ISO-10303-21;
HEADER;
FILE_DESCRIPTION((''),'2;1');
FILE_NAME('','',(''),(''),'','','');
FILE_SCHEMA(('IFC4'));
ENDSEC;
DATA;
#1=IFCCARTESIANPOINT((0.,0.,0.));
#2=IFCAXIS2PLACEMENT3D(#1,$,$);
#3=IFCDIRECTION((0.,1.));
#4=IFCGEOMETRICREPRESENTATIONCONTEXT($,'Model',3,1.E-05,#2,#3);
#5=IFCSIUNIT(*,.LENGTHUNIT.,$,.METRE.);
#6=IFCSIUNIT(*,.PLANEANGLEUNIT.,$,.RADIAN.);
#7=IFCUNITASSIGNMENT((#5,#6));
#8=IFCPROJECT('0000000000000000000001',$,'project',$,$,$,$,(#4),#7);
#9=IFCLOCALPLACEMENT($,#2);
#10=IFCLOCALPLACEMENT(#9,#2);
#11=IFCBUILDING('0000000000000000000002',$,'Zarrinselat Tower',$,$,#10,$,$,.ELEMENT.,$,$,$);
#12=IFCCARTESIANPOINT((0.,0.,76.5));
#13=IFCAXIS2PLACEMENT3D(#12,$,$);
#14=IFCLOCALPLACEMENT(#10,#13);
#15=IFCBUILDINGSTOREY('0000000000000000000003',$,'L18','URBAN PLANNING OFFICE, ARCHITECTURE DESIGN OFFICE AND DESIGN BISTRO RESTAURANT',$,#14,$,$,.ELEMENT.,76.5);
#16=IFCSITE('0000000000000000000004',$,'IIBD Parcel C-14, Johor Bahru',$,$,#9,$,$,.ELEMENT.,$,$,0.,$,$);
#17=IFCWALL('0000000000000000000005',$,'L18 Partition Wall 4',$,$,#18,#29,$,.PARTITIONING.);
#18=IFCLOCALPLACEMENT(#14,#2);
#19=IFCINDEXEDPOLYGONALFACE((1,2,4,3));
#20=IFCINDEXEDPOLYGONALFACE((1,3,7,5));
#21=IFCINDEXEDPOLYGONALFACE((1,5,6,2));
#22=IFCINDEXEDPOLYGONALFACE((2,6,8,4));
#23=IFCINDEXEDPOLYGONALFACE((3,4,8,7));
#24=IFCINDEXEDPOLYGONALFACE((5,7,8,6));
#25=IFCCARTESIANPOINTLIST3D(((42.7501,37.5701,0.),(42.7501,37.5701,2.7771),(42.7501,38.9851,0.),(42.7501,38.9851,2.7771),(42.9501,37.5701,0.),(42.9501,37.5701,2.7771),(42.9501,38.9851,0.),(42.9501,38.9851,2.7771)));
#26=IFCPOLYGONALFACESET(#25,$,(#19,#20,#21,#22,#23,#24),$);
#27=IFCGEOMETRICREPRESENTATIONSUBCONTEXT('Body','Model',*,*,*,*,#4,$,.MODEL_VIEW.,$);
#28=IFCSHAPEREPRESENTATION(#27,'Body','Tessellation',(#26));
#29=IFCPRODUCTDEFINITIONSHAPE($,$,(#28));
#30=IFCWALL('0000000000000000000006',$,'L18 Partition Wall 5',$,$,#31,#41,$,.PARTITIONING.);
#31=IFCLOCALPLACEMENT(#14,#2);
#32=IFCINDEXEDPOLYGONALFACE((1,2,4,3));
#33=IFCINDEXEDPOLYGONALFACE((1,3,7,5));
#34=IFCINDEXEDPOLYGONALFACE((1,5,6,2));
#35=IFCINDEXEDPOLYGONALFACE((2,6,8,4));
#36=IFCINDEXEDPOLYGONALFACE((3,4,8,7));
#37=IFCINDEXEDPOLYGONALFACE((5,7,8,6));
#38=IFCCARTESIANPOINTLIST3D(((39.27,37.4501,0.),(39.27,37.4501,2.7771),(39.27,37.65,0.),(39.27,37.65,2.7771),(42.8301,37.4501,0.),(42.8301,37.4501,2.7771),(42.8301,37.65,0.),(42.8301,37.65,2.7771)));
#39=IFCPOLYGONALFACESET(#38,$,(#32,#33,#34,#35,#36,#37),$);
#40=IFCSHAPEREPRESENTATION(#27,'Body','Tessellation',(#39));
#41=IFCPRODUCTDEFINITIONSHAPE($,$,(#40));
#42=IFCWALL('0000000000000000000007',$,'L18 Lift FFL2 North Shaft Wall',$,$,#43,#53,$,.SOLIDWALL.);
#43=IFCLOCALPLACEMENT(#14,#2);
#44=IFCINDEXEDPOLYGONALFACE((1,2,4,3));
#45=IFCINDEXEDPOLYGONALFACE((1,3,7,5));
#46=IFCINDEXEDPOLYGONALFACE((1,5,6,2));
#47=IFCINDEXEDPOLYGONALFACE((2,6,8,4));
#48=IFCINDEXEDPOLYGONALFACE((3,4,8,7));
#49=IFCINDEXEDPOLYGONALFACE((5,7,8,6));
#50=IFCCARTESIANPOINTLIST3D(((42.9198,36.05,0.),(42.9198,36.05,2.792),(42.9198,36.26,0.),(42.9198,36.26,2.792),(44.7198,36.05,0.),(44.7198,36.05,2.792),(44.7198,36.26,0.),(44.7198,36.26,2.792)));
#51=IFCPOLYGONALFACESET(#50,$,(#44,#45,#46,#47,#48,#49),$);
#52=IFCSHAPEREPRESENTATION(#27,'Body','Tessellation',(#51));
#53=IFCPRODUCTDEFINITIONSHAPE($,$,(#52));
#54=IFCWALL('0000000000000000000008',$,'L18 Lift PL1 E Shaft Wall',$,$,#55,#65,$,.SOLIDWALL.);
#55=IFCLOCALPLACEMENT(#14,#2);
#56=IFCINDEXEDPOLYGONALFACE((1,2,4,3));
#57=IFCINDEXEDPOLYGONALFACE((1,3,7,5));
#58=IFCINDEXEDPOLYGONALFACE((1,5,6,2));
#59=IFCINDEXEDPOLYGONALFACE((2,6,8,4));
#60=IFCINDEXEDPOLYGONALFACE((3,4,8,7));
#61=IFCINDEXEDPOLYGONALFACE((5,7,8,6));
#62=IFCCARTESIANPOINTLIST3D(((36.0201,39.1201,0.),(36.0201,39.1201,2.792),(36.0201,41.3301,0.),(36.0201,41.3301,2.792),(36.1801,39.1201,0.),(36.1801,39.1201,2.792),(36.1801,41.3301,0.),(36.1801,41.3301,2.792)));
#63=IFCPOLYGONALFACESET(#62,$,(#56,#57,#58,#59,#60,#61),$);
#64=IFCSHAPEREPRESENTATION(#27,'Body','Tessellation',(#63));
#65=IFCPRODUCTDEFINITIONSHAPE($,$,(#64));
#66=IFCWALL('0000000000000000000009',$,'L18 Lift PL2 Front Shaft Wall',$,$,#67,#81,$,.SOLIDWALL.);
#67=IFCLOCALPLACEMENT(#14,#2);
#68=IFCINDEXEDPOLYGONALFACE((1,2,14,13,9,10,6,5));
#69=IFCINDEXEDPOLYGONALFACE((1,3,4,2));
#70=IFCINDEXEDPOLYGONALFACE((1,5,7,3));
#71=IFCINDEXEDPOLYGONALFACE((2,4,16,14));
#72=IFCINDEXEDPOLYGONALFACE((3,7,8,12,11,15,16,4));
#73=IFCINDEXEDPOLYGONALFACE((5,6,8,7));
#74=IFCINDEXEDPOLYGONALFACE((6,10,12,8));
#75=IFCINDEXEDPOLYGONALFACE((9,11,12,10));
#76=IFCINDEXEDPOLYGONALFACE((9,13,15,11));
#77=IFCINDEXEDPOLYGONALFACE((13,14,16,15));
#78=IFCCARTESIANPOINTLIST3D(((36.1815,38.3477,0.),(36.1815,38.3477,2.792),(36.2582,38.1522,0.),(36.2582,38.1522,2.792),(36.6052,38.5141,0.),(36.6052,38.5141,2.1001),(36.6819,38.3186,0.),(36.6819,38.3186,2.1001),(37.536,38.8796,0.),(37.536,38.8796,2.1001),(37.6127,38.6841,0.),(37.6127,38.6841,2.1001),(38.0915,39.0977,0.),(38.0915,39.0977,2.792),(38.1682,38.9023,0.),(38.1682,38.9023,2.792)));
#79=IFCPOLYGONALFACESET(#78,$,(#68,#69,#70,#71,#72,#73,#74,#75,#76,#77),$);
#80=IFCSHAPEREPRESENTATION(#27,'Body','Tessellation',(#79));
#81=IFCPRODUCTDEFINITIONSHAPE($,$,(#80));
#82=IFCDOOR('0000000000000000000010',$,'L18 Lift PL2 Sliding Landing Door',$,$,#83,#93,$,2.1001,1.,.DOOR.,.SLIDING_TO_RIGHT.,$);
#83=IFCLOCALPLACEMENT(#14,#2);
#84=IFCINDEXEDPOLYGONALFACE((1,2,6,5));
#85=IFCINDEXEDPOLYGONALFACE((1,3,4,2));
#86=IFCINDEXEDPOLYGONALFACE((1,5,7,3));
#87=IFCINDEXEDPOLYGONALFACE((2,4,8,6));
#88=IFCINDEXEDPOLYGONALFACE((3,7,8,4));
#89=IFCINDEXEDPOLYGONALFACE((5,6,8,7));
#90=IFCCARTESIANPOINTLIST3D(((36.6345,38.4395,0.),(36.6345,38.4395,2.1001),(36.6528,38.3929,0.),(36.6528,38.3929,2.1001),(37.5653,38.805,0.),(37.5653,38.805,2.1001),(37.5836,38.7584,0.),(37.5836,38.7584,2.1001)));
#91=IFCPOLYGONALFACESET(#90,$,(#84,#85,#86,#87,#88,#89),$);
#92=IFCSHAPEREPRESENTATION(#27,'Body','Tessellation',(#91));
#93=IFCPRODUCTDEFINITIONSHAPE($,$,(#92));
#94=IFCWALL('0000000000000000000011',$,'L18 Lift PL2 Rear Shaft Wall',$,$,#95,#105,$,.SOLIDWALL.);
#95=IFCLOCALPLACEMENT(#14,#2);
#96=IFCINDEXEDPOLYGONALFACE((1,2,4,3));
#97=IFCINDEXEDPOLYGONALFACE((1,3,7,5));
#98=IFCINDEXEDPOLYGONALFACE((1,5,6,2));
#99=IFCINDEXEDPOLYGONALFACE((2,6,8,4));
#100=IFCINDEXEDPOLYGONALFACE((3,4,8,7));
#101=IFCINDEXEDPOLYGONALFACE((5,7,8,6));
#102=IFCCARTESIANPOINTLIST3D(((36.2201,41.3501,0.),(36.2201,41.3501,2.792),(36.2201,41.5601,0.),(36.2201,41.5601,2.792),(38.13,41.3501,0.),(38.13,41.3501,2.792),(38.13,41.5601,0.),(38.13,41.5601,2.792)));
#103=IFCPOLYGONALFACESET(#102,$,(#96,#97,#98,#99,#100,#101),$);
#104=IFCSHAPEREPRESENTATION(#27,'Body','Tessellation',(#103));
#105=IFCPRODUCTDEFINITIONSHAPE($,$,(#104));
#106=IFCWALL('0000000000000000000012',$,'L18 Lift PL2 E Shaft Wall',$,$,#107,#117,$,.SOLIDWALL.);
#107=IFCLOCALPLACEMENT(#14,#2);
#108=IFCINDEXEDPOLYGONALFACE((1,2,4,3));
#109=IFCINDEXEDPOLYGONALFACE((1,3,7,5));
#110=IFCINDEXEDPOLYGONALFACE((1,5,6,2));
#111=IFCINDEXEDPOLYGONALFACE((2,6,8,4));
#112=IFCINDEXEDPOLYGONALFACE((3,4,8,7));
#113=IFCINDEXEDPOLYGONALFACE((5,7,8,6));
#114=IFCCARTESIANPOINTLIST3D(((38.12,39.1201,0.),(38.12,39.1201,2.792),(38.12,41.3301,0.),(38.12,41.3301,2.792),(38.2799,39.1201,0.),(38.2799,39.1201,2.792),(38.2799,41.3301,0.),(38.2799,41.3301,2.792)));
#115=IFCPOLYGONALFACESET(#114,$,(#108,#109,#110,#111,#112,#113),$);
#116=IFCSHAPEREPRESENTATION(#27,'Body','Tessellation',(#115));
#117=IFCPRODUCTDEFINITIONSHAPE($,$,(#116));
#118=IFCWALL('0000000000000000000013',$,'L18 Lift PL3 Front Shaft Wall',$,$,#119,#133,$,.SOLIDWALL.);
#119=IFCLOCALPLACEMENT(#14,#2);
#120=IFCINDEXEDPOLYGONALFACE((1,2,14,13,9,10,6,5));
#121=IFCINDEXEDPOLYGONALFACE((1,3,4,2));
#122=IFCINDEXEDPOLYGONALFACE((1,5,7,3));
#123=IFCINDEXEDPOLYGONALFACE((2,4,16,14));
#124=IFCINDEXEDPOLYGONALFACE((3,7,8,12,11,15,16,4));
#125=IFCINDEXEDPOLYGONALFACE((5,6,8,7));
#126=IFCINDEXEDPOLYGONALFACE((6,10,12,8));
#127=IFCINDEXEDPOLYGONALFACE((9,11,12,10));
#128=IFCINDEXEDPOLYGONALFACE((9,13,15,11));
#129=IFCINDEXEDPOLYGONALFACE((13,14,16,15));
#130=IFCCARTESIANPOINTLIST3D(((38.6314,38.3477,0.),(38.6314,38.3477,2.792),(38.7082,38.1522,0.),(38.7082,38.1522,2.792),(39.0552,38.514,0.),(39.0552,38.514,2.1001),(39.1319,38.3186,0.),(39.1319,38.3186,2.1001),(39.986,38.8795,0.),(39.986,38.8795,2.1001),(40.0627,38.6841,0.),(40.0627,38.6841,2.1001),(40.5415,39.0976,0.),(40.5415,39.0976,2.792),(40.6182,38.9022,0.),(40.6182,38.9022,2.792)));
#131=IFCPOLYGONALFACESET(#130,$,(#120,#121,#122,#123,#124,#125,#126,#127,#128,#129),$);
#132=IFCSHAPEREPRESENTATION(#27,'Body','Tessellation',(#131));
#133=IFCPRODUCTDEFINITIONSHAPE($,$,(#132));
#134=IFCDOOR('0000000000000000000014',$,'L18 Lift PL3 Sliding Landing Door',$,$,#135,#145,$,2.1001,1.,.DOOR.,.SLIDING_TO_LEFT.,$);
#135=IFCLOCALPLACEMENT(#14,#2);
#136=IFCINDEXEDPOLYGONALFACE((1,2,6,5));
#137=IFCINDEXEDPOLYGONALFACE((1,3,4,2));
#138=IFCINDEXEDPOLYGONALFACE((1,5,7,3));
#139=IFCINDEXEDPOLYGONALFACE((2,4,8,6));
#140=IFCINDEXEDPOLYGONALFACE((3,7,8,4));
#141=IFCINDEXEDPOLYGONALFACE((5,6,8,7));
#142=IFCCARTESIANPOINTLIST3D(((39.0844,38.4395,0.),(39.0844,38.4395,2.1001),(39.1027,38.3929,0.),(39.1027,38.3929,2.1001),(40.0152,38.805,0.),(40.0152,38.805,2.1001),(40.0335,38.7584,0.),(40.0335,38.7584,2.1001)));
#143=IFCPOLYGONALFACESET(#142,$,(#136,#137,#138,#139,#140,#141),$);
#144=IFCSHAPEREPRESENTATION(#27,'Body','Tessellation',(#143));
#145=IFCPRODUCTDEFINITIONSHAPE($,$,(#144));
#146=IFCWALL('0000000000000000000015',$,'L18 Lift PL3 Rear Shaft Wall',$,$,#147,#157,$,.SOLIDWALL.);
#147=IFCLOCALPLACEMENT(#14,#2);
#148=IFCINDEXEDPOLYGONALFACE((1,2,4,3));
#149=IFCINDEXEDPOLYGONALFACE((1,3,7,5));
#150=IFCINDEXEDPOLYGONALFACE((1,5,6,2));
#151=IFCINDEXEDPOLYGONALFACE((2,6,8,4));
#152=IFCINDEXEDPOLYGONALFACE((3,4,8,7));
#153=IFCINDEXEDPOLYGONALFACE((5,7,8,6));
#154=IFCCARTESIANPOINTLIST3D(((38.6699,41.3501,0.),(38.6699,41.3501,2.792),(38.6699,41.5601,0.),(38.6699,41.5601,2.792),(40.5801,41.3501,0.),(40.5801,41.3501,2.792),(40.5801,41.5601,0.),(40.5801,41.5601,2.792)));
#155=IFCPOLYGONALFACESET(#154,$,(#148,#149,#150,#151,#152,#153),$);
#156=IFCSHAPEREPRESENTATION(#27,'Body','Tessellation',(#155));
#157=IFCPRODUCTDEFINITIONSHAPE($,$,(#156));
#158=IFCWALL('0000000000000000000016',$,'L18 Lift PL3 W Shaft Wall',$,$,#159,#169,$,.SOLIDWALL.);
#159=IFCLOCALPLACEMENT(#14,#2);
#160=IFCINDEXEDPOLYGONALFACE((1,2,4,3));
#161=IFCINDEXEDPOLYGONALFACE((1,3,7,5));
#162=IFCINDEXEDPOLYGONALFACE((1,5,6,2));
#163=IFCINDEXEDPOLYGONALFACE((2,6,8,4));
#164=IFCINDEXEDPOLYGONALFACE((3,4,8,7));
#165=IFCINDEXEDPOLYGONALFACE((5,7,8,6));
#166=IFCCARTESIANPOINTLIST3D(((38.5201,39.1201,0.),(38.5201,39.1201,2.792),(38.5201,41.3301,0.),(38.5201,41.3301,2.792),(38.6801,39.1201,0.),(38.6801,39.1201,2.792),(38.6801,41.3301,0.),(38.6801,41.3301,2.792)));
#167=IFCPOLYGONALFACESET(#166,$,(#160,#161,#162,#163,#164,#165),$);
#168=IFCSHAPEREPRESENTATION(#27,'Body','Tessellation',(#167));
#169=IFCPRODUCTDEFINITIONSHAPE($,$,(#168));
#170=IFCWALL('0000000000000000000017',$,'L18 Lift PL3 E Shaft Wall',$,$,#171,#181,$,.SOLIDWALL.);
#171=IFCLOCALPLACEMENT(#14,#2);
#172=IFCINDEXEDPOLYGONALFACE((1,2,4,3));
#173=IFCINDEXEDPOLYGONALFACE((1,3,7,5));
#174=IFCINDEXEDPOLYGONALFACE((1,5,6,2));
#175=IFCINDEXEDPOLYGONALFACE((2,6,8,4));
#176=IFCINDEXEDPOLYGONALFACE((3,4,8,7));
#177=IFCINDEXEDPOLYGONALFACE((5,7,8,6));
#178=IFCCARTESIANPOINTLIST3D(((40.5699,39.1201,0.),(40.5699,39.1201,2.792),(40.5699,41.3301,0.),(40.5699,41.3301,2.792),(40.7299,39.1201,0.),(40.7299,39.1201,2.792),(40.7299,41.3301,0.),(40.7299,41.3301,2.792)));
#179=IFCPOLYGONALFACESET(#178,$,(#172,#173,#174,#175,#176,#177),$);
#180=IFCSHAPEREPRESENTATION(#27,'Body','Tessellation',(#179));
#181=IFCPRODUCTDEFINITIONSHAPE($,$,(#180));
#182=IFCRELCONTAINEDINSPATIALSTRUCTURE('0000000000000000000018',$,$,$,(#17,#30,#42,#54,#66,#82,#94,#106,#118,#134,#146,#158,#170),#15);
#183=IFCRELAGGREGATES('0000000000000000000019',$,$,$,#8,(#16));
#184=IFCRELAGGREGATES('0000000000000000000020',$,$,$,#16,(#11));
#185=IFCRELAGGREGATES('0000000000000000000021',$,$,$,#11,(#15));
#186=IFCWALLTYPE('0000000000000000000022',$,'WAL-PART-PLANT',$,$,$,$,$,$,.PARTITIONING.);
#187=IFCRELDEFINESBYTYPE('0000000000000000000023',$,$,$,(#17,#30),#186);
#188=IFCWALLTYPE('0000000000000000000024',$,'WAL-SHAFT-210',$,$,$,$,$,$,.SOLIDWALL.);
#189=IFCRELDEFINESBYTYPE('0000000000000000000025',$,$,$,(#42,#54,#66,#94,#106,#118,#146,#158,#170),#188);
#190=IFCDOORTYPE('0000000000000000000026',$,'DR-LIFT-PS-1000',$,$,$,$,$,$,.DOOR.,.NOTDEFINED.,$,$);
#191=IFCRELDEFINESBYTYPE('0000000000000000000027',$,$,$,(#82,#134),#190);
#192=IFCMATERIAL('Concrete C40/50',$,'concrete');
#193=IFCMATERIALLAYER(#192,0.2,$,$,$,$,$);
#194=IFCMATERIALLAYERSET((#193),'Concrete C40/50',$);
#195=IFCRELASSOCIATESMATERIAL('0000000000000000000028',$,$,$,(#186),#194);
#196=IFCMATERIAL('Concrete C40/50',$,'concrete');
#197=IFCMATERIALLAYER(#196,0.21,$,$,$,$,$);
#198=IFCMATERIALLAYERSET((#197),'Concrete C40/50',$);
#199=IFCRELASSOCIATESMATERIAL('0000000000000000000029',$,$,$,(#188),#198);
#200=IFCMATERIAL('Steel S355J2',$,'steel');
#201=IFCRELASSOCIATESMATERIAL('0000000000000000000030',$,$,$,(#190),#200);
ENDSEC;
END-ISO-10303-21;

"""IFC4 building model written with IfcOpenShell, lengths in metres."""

from ifc_helpers import new_model, si_unit, direction, frame, frame_2d, origin, place, context, subcontext, project, spatial, rectangle, extrude, material, layer, layer_set, type_object, element, fill, save


model = new_model("IFC4")

# Units and contexts
model_context = context("Model", 3, precision=1e-05, world=origin(), true_north=direction((0.0, 1.0)))
body_context = subcontext(model_context, "Body", "Model", "MODEL_VIEW")
ifc_project = project(units=[si_unit("LENGTHUNIT", "METRE"), si_unit("PLANEANGLEUNIT", "RADIAN")], contexts=[model_context])

# Site, building, storey
site_placement = place(None, origin())
site = spatial("IfcSite", under=ifc_project, at=site_placement, Name="IIBD Parcel C-14, Johor Bahru", CompositionType="ELEMENT", RefElevation=0.0)
building_placement = place(site_placement, origin())
building = spatial("IfcBuilding", under=site, at=building_placement, Name="Zarrinselat Tower", CompositionType="ELEMENT")
storey_placement = place(building_placement, frame((0.0, 0.0, 76.5)))
storey = spatial("IfcBuildingStorey", under=building, at=storey_placement, Name="L18", Description="URBAN PLANNING OFFICE, ARCHITECTURE DESIGN OFFICE AND DESIGN BISTRO RESTAURANT", CompositionType="ELEMENT", Elevation=76.5)

# Walls
ifc_material_1 = material(Name="Concrete C40/50", Category="concrete")
ifc_layer_1 = layer(ifc_material_1, 0.2)
ifc_layer_set_1 = layer_set([ifc_layer_1], Name="Concrete C40/50")
wall_type_1 = type_object("IfcWallType", Name="WAL-PART-PLANT", PredefinedType="PARTITIONING", material=ifc_layer_set_1)
wall_1_placement = place(storey_placement, frame((42.8501, 37.5701, 0.0), z_axis=(0.0, 0.0, 1.0), x_axis=(0.0, 1.0, 0.0)))
element("IfcWall", 1, at=wall_1_placement, inside=storey, type_object=wall_type_1, Name="L18 Partition Wall 4", PredefinedType="PARTITIONING", context=body_context, shape_type="SweptSolid", body=[
    extrude(rectangle(XDim=1.415, YDim=0.2, at=frame_2d((0.7075, 0.0))), origin(), (0.0, 0.0, 1.0), 2.7771),
])
wall_2_placement = place(storey_placement, frame((39.27, 37.55, 0.0), z_axis=(0.0, 0.0, 1.0), x_axis=(1.0, 0.0, 0.0)))
element("IfcWall", 2, at=wall_2_placement, inside=storey, type_object=wall_type_1, Name="L18 Partition Wall 5", PredefinedType="PARTITIONING", context=body_context, shape_type="SweptSolid", body=[
    extrude(rectangle(XDim=3.5601, YDim=0.2, at=frame_2d((1.78, 0.0))), origin(), (0.0, 0.0, 1.0), 2.7771),
])
ifc_material_2 = material(Name="Concrete C40/50", Category="concrete")
ifc_layer_2 = layer(ifc_material_2, 0.21)
ifc_layer_set_2 = layer_set([ifc_layer_2], Name="Concrete C40/50")
wall_type_2 = type_object("IfcWallType", Name="WAL-SHAFT-210", PredefinedType="SOLIDWALL", material=ifc_layer_set_2)
wall_3_placement = place(storey_placement, frame((42.9199, 36.155, 0.0), z_axis=(0.0, 0.0, 1.0), x_axis=(1.0, 0.0, 0.0)))
element("IfcWall", 3, at=wall_3_placement, inside=storey, type_object=wall_type_2, Name="L18 Lift FFL2 North Shaft Wall", PredefinedType="SOLIDWALL", context=body_context, shape_type="SweptSolid", body=[
    extrude(rectangle(XDim=1.8, YDim=0.21, at=frame_2d((0.8999, 0.0))), origin(), (0.0, 0.0, 1.0), 2.792),
])
wall_4_placement = place(storey_placement, frame((36.1001, 39.1201, 0.0), z_axis=(0.0, 0.0, 1.0), x_axis=(0.0, 1.0, 0.0)))
element("IfcWall", 4, at=wall_4_placement, inside=storey, type_object=wall_type_2, Name="L18 Lift PL1 E Shaft Wall", PredefinedType="SOLIDWALL", context=body_context, shape_type="SweptSolid", body=[
    extrude(rectangle(XDim=2.21, YDim=0.1599, at=frame_2d((1.105, 0.0))), origin(), (0.0, 0.0, 1.0), 2.792),
])

# Wall, opening, door
wall_5_placement = place(storey_placement, frame((36.22, 38.25, 0.0), z_axis=(0.0, 0.0, 1.0), x_axis=(0.930805, 0.365516, 0.0)))
wall_5 = element("IfcWall", 5, at=wall_5_placement, inside=storey, type_object=wall_type_2, Name="L18 Lift PL2 Front Shaft Wall", PredefinedType="SOLIDWALL", context=body_context, shape_type="SweptSolid", body=[
    extrude(rectangle(XDim=2.052, YDim=0.21, at=frame_2d((1.0259, 0.0))), origin(), (0.0, 0.0, 1.0), 2.792),
])
opening_1_placement = place(wall_5_placement, frame((0.4551, 0.0, 0.0)))
opening_1 = element("IfcOpeningElement", 6, at=opening_1_placement, cuts=wall_5, PredefinedType="OPENING", context=body_context, shape_type="SweptSolid", body=[
    extrude(rectangle(XDim=1.0, YDim=2.1001, at=frame_2d((0.5, 1.05))), frame((0.0, 0.115, 0.0), z_axis=(0.0, -1.0, 0.0), x_axis=(1.0, 0.0, 0.0)), (0.0, 0.0, 1.0), 0.23),
])
ifc_material_3 = material(Name="Steel S355J2", Category="steel")
door_type = type_object("IfcDoorType", Name="DR-LIFT-PS-1000", OperationType="NOTDEFINED", PredefinedType="DOOR", material=ifc_material_3)
door_1_placement = place(opening_1_placement, origin())
door_1 = element("IfcDoor", 7, at=door_1_placement, inside=storey, type_object=door_type, Name="L18 Lift PL2 Sliding Landing Door", OperationType="SLIDING_TO_RIGHT", OverallHeight=2.1001, OverallWidth=1.0, PredefinedType="DOOR", context=body_context, shape_type="SweptSolid", body=[
    extrude(rectangle(XDim=1.0, YDim=2.1001, at=frame_2d((0.5, 1.05))), frame((0.0, 0.0249, 0.0), z_axis=(0.0, -1.0, 0.0), x_axis=(1.0, 0.0, 0.0)), (0.0, 0.0, 1.0), 0.05),
])
fill(opening_1, door_1)

# Walls
wall_6_placement = place(storey_placement, frame((36.22, 41.4551, 0.0), z_axis=(0.0, 0.0, 1.0), x_axis=(1.0, 0.0, 0.0)))
element("IfcWall", 8, at=wall_6_placement, inside=storey, type_object=wall_type_2, Name="L18 Lift PL2 Rear Shaft Wall", PredefinedType="SOLIDWALL", context=body_context, shape_type="SweptSolid", body=[
    extrude(rectangle(XDim=1.9099, YDim=0.21, at=frame_2d((0.9551, 0.0))), origin(), (0.0, 0.0, 1.0), 2.792),
])
wall_7_placement = place(storey_placement, frame((38.2, 39.1201, 0.0), z_axis=(0.0, 0.0, 1.0), x_axis=(0.0, 1.0, 0.0)))
element("IfcWall", 9, at=wall_7_placement, inside=storey, type_object=wall_type_2, Name="L18 Lift PL2 E Shaft Wall", PredefinedType="SOLIDWALL", context=body_context, shape_type="SweptSolid", body=[
    extrude(rectangle(XDim=2.21, YDim=0.1599, at=frame_2d((1.105, 0.0))), origin(), (0.0, 0.0, 1.0), 2.792),
])

# Wall, opening, door
wall_8_placement = place(storey_placement, frame((38.6699, 38.25, 0.0), z_axis=(0.0, 0.0, 1.0), x_axis=(0.930821, 0.365476, 0.0)))
wall_8 = element("IfcWall", 10, at=wall_8_placement, inside=storey, type_object=wall_type_2, Name="L18 Lift PL3 Front Shaft Wall", PredefinedType="SOLIDWALL", context=body_context, shape_type="SweptSolid", body=[
    extrude(rectangle(XDim=2.052, YDim=0.21, at=frame_2d((1.0259, 0.0))), origin(), (0.0, 0.0, 1.0), 2.792),
])
opening_2_placement = place(wall_8_placement, frame((0.4551, 0.0, 0.0)))
opening_2 = element("IfcOpeningElement", 11, at=opening_2_placement, cuts=wall_8, PredefinedType="OPENING", context=body_context, shape_type="SweptSolid", body=[
    extrude(rectangle(XDim=1.0, YDim=2.1001, at=frame_2d((0.5, 1.05))), frame((0.0, 0.115, 0.0), z_axis=(0.0, -1.0, 0.0), x_axis=(1.0, 0.0, 0.0)), (0.0, 0.0, 1.0), 0.23),
])
door_2_placement = place(opening_2_placement, origin())
door_2 = element("IfcDoor", 12, at=door_2_placement, inside=storey, type_object=door_type, Name="L18 Lift PL3 Sliding Landing Door", OperationType="SLIDING_TO_LEFT", OverallHeight=2.1001, OverallWidth=1.0, PredefinedType="DOOR", context=body_context, shape_type="SweptSolid", body=[
    extrude(rectangle(XDim=1.0, YDim=2.1001, at=frame_2d((0.5, 1.05))), frame((0.0, 0.0249, 0.0), z_axis=(0.0, -1.0, 0.0), x_axis=(1.0, 0.0, 0.0)), (0.0, 0.0, 1.0), 0.05),
])
fill(opening_2, door_2)

# Walls
wall_9_placement = place(storey_placement, frame((38.6699, 41.4551, 0.0), z_axis=(0.0, 0.0, 1.0), x_axis=(1.0, 0.0, 0.0)))
element("IfcWall", 13, at=wall_9_placement, inside=storey, type_object=wall_type_2, Name="L18 Lift PL3 Rear Shaft Wall", PredefinedType="SOLIDWALL", context=body_context, shape_type="SweptSolid", body=[
    extrude(rectangle(XDim=1.9102, YDim=0.21, at=frame_2d((0.9551, 0.0))), origin(), (0.0, 0.0, 1.0), 2.792),
])
for number, where, z_axis, x_axis, name in (
    (14, (38.6001, 39.1201, 0.0), (0.0, 0.0, 1.0), (0.0, 1.0, 0.0), "L18 Lift PL3 W Shaft Wall"),
    (15, (40.6499, 39.1201, 0.0), (0.0, 0.0, 1.0), (0.0, 1.0, 0.0), "L18 Lift PL3 E Shaft Wall"),
):
    element("IfcWall", number, at=place(storey_placement, frame(where, z_axis=z_axis, x_axis=x_axis)), inside=storey, type_object=wall_type_2, Name=name, PredefinedType="SOLIDWALL", context=body_context, shape_type="SweptSolid", body=[
        extrude(rectangle(XDim=2.21, YDim=0.1599, at=frame_2d((1.105, 0.0))), origin(), (0.0, 0.0, 1.0), 2.792),
    ])

save(model, "model.ifc")
